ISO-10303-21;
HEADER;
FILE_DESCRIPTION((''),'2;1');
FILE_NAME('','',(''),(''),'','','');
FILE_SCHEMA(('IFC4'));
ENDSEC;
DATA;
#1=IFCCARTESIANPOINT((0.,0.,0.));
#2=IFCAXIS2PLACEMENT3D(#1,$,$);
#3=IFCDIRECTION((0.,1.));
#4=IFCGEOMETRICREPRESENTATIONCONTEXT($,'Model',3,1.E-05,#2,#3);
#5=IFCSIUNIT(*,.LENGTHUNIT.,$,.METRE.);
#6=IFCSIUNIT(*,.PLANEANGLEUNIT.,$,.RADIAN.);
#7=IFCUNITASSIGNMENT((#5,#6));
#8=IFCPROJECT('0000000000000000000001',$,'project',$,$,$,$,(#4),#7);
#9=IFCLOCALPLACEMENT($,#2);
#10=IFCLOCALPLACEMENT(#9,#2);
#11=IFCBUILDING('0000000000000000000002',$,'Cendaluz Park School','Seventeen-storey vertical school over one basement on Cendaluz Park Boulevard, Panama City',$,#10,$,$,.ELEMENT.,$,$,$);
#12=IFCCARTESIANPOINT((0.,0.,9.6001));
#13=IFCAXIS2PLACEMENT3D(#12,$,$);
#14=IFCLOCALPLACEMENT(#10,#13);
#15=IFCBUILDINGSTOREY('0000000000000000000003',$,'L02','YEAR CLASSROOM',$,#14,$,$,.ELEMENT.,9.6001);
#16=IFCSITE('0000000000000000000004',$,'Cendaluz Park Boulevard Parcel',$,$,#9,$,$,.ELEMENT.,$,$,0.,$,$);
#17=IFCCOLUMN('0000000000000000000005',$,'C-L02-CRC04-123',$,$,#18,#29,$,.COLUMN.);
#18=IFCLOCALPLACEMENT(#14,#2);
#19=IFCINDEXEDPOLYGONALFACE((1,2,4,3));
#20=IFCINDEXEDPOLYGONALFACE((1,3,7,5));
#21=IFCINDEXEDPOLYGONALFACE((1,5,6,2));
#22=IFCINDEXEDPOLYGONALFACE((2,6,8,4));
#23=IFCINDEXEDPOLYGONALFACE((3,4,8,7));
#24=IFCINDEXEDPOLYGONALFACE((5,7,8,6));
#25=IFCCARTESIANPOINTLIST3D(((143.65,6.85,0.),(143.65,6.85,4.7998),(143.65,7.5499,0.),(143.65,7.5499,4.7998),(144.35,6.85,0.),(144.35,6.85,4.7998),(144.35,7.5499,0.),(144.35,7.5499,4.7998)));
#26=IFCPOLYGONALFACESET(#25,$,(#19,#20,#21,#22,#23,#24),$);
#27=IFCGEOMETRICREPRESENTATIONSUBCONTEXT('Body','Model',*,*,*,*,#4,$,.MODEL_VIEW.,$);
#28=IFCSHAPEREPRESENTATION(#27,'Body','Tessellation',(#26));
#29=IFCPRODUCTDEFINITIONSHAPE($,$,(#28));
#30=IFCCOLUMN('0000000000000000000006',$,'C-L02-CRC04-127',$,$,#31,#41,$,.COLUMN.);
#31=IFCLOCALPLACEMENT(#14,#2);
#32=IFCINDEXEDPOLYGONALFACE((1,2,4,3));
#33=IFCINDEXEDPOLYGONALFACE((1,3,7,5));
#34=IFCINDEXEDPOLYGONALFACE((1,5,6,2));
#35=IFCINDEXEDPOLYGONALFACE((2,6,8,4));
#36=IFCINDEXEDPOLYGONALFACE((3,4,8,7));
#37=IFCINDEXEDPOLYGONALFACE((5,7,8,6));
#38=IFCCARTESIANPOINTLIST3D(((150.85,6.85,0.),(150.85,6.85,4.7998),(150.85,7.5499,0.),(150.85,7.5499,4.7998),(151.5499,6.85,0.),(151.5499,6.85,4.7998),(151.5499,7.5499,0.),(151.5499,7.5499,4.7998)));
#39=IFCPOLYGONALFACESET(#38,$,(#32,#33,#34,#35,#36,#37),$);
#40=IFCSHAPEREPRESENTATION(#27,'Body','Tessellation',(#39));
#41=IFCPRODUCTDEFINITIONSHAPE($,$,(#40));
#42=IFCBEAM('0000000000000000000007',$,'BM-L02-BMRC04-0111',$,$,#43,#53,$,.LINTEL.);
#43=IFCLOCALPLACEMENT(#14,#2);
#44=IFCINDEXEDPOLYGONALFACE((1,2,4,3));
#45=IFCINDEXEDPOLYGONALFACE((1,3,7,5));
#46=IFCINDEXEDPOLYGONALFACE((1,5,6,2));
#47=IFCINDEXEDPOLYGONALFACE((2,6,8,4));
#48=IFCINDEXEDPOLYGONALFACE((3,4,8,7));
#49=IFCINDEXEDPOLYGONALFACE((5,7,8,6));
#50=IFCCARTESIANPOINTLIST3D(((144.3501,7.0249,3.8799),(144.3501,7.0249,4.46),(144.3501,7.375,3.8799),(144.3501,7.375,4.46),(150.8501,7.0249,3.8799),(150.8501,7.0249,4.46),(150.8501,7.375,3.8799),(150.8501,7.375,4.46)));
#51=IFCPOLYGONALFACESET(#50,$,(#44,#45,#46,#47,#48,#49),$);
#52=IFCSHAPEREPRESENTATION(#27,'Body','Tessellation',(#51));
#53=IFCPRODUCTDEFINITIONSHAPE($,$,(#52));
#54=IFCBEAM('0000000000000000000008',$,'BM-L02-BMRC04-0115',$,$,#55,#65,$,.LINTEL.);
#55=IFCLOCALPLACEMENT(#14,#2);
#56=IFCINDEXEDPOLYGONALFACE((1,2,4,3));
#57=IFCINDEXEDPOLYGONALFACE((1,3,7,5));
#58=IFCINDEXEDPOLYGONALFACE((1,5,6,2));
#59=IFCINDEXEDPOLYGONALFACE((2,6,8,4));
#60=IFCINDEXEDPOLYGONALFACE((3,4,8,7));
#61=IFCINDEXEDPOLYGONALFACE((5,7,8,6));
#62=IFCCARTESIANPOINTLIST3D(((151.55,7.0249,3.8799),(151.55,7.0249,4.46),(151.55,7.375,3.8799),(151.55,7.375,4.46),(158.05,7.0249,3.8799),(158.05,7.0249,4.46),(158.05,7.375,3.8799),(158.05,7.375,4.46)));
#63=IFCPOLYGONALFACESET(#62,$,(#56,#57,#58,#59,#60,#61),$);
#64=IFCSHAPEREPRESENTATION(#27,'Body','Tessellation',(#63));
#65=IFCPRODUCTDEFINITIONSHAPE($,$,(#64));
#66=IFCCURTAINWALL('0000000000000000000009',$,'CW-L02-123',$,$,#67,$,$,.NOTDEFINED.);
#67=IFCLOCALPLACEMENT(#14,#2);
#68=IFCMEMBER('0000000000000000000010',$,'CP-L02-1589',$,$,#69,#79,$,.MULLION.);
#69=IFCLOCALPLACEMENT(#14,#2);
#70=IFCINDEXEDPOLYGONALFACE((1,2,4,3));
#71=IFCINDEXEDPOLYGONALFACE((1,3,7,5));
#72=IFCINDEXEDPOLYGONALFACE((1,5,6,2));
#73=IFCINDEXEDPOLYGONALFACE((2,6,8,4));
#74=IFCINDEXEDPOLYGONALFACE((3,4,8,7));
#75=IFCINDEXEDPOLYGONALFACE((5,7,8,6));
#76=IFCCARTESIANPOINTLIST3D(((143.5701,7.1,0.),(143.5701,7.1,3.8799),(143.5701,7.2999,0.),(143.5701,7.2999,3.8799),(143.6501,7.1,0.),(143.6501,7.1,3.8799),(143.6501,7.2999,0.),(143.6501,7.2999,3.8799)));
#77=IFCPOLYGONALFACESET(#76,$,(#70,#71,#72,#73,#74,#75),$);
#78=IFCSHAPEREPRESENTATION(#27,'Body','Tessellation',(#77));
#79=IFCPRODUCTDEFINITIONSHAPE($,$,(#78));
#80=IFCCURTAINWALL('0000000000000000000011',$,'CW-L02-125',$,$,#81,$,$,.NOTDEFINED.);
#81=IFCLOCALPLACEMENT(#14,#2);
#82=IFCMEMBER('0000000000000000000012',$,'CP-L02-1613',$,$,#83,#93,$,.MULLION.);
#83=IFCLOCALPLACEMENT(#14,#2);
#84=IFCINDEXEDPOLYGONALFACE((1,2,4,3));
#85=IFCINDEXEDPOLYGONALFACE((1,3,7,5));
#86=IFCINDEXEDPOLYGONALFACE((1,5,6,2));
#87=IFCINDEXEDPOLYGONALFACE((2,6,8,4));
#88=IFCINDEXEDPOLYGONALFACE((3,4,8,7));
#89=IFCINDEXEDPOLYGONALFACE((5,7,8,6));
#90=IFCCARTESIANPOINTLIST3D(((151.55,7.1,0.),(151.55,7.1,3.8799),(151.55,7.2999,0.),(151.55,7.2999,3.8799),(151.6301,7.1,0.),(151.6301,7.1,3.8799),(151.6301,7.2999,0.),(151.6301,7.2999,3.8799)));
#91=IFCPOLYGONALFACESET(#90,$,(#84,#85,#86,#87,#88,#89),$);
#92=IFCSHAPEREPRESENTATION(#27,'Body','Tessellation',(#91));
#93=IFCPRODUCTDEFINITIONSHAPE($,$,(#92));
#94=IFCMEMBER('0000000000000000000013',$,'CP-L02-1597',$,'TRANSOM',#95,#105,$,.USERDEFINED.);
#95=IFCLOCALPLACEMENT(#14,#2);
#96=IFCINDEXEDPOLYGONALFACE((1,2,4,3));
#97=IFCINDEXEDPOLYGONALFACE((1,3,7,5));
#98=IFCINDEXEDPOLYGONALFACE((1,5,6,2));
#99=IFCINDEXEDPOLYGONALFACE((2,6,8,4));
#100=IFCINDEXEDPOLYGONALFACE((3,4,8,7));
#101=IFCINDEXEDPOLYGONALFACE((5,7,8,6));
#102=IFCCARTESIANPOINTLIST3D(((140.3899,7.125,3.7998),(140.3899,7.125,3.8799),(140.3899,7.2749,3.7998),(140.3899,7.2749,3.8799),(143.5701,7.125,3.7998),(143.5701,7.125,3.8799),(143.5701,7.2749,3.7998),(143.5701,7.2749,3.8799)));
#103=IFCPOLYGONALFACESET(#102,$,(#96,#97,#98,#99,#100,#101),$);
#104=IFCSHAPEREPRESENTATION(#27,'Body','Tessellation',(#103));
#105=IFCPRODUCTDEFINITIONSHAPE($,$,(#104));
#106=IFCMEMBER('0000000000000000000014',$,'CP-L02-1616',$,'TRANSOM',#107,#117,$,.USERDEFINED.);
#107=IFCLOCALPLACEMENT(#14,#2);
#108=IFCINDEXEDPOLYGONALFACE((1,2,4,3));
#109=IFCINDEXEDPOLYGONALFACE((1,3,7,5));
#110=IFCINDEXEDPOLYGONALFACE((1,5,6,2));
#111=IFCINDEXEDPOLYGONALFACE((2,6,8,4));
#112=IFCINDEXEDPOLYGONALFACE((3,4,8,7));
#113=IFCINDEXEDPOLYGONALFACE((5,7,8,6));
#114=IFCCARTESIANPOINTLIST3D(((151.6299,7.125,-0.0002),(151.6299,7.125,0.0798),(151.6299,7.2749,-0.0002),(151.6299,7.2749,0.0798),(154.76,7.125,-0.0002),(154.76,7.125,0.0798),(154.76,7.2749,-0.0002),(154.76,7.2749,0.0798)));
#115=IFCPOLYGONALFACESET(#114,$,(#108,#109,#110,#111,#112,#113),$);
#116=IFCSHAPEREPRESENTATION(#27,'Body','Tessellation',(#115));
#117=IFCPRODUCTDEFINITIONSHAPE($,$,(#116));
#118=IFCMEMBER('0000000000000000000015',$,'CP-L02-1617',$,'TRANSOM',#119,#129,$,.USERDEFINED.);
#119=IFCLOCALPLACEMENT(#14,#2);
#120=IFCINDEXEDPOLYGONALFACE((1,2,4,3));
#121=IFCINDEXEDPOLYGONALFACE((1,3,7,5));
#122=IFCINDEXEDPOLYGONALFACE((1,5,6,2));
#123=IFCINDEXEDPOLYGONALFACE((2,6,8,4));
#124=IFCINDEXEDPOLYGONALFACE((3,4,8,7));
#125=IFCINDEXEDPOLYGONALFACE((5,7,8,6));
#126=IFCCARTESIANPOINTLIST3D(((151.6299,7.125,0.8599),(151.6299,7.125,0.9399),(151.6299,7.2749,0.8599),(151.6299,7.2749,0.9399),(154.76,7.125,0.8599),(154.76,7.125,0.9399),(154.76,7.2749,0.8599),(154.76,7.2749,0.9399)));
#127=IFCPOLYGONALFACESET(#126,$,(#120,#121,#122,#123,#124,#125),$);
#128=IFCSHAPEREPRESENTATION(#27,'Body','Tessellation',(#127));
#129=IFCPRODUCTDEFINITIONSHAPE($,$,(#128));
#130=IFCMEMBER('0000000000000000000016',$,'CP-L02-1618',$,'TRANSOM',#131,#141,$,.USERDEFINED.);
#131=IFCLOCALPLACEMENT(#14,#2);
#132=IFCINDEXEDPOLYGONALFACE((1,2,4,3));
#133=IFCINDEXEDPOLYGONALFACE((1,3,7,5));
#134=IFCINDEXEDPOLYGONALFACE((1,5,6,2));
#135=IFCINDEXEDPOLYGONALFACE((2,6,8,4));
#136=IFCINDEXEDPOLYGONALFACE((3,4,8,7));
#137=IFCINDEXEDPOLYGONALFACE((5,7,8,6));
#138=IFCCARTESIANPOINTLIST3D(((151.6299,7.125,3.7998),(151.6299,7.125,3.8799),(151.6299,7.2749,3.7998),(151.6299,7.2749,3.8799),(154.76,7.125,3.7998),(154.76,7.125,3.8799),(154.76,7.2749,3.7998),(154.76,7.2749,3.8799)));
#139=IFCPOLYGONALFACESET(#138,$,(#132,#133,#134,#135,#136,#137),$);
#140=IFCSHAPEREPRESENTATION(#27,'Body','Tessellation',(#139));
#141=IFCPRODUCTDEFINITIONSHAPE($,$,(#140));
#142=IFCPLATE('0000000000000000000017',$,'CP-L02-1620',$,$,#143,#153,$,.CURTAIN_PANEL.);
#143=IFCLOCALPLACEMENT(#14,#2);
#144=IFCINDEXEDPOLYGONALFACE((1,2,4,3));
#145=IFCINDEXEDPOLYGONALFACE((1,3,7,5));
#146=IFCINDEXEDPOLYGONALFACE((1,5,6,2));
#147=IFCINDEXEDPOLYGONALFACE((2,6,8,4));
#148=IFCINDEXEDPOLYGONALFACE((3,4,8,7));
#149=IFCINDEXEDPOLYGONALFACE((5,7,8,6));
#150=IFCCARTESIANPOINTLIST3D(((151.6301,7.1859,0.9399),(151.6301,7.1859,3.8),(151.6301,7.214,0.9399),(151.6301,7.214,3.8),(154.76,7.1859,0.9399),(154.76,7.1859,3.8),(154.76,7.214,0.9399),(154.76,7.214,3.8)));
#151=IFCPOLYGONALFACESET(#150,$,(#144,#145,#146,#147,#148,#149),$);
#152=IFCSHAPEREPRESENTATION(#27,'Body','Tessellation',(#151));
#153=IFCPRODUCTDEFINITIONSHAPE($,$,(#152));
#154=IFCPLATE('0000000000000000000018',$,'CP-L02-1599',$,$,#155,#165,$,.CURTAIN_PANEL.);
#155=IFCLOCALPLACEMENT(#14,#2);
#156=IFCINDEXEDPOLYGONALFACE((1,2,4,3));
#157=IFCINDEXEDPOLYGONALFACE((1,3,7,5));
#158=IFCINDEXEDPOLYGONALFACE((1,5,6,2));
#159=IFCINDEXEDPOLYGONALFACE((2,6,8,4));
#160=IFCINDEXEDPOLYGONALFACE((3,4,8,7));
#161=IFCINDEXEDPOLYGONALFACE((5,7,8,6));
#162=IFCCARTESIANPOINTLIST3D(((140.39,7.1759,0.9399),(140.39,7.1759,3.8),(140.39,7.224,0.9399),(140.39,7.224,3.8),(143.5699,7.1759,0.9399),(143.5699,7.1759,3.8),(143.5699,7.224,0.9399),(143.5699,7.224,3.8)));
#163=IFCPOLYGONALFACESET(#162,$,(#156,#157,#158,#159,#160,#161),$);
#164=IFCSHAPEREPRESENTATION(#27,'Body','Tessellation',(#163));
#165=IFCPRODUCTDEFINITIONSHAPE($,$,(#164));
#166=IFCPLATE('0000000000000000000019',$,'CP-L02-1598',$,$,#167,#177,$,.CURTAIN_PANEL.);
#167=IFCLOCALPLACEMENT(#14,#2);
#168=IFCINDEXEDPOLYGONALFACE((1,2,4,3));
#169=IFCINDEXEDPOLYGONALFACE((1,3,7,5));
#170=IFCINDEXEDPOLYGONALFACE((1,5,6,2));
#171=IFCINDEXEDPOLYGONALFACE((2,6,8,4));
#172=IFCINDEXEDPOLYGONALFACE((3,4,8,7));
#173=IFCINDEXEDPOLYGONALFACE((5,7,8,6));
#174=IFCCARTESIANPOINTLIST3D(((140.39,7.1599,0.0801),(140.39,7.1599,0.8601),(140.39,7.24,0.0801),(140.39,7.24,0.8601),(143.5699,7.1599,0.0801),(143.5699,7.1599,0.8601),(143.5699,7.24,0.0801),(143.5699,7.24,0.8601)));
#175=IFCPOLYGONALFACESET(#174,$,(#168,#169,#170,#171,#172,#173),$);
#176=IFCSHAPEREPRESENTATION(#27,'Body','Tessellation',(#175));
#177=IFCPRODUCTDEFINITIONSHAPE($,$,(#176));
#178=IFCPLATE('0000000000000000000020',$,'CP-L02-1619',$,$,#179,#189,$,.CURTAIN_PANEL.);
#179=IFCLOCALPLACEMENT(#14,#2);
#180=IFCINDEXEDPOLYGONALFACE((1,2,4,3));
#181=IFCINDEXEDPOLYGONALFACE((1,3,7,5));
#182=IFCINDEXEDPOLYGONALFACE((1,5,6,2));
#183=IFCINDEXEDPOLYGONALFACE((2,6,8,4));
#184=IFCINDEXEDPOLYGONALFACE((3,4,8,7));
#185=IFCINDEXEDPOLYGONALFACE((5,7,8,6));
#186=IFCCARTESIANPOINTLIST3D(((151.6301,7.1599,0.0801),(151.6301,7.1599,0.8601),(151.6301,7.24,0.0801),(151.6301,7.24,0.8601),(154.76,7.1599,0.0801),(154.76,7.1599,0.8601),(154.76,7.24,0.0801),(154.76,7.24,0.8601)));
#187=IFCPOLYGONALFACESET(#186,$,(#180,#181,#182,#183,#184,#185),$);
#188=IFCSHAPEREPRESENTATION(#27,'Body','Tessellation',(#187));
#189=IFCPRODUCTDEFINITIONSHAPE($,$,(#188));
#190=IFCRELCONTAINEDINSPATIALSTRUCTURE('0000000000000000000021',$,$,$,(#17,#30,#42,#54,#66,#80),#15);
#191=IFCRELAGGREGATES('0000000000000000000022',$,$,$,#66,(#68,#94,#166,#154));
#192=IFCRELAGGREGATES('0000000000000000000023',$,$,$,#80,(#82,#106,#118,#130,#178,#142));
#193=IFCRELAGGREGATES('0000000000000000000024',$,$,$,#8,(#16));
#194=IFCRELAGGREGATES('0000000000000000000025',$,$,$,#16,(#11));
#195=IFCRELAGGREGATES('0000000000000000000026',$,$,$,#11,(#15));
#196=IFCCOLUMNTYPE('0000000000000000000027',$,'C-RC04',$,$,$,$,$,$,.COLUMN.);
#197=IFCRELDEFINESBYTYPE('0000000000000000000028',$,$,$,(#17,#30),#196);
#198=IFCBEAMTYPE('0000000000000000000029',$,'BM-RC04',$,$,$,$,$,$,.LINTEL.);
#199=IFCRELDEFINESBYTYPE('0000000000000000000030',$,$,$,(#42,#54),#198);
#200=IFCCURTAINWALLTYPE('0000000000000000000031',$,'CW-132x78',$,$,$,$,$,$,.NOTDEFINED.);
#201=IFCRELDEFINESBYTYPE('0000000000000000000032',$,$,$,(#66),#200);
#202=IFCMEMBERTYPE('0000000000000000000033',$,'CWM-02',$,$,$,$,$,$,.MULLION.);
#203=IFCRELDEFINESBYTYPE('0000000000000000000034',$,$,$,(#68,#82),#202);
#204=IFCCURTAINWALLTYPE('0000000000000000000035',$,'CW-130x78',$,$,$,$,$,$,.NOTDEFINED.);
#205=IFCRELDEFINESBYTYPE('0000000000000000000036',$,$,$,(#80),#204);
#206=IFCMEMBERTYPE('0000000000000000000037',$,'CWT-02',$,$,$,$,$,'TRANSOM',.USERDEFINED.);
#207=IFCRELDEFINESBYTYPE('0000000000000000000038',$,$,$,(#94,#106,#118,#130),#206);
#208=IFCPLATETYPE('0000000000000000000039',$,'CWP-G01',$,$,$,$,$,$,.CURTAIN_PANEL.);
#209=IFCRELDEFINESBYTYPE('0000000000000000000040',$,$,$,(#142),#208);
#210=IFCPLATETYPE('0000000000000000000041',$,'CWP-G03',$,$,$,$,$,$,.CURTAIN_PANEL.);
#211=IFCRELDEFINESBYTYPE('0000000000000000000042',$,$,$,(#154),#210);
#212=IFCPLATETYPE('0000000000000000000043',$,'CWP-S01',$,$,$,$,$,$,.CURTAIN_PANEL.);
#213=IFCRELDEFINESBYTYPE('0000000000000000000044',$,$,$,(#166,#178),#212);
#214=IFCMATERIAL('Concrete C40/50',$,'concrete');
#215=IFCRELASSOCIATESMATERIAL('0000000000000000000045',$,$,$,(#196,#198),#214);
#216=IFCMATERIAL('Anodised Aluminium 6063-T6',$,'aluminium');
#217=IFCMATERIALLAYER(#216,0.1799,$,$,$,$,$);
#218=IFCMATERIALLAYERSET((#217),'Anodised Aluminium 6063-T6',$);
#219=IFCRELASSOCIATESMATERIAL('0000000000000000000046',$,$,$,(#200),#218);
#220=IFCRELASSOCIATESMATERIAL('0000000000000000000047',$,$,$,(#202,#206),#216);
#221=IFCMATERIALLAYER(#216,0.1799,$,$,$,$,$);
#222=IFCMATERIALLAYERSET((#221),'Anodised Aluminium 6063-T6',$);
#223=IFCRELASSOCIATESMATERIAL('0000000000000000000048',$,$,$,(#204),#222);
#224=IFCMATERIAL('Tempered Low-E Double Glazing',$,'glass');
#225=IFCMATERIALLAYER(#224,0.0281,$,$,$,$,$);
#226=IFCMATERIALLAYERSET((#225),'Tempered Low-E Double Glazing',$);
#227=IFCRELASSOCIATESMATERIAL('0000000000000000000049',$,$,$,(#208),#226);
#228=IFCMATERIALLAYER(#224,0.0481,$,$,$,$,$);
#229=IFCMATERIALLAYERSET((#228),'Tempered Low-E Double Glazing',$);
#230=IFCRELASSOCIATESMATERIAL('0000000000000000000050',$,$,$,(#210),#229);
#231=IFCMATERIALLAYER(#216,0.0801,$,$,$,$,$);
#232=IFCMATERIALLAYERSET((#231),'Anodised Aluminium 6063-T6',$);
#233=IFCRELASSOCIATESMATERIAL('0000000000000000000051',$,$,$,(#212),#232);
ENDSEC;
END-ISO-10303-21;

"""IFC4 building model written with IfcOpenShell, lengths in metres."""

from ifc_helpers import new_model, si_unit, direction, frame, origin, origin_2d, place, context, subcontext, project, spatial, rectangle, extrude, material, layer, layer_set, material_profile, profile_set, type_object, element, aggregate, save


model = new_model("IFC4")

# Units and contexts
model_context = context("Model", 3, precision=1e-05, world=origin(), true_north=direction((0.0, 1.0)))
body_context = subcontext(model_context, "Body", "Model", "MODEL_VIEW")
ifc_project = project(units=[si_unit("LENGTHUNIT", "METRE"), si_unit("PLANEANGLEUNIT", "RADIAN")], contexts=[model_context])

# Site, building, storey
site_placement = place(None, origin())
site = spatial("IfcSite", under=ifc_project, at=site_placement, Name="Cendaluz Park Boulevard Parcel", CompositionType="ELEMENT", RefElevation=0.0)
building_placement = place(site_placement, origin())
building = spatial("IfcBuilding", under=site, at=building_placement, Name="Cendaluz Park School", Description="Seventeen-storey vertical school over one basement on Cendaluz Park Boulevard, Panama City", CompositionType="ELEMENT")
storey_placement = place(building_placement, frame((0.0, 0.0, 9.6001)))
storey = spatial("IfcBuildingStorey", under=building, at=storey_placement, Name="L02", Description="YEAR CLASSROOM", CompositionType="ELEMENT", Elevation=9.6001)

# Columns
ifc_material_1 = material(Name="Concrete C40/50", Category="concrete")
ifc_material_profile_1 = material_profile(ifc_material_1, rectangle(XDim=0.7, YDim=0.7, at=origin_2d()), Name="RC 700x700", Category="concrete")
ifc_profile_set_1 = profile_set([ifc_material_profile_1], Name="Concrete C40/50")
column_type = type_object("IfcColumnType", Name="C-RC04", PredefinedType="COLUMN", material=ifc_profile_set_1)
for number, where, z_axis, x_axis, name in (
    (1, (144.0, 7.2, 0.0), (0.0, 0.0, 1.0), (1.0, 0.0, 0.0), "C-L02-CRC04-123"),
    (2, (151.2, 7.2, 0.0), (0.0, 0.0, 1.0), (1.0, 0.0, 0.0), "C-L02-CRC04-127"),
):
    element("IfcColumn", number, at=place(storey_placement, frame(where, z_axis=z_axis, x_axis=x_axis)), inside=storey, type_object=column_type, Name=name, PredefinedType="COLUMN", context=body_context, shape_type="SweptSolid", body=[
        extrude(rectangle(XDim=0.7, YDim=0.7, at=origin_2d()), origin(), (0.0, 0.0, 1.0), 4.7998),
    ])

# Beams
ifc_material_profile_2 = material_profile(ifc_material_1, rectangle(XDim=0.3501, YDim=0.5801, at=origin_2d()), Name="RC 350x580", Category="concrete")
ifc_profile_set_2 = profile_set([ifc_material_profile_2], Name="Concrete C40/50")
beam_type = type_object("IfcBeamType", Name="BM-RC04", PredefinedType="LINTEL", material=ifc_profile_set_2)
for number, where, z_axis, x_axis, name in (
    (3, (144.3501, 7.2, 4.1699), (1.0, 0.0, 0.0), (0.0, 1.0, 0.0), "BM-L02-BMRC04-0111"),
    (4, (151.55, 7.2, 4.1699), (1.0, 0.0, 0.0), (0.0, 1.0, 0.0), "BM-L02-BMRC04-0115"),
):
    element("IfcBeam", number, at=place(storey_placement, frame(where, z_axis=z_axis, x_axis=x_axis)), inside=storey, type_object=beam_type, Name=name, PredefinedType="LINTEL", context=body_context, shape_type="SweptSolid", body=[
        extrude(rectangle(XDim=0.3501, YDim=0.5801, at=origin_2d()), origin(), (0.0, 0.0, 1.0), 6.5),
    ])

# Curtain walls, members
ifc_material_2 = material(Name="Anodised Aluminium 6063-T6", Category="aluminium")
ifc_layer_1 = layer(ifc_material_2, 0.1799)
ifc_layer_set_1 = layer_set([ifc_layer_1], Name="Anodised Aluminium 6063-T6")
curtain_wall_type_1 = type_object("IfcCurtainWallType", Name="CW-132x78", PredefinedType="NOTDEFINED", material=ifc_layer_set_1)
curtain_wall_1_placement = place(storey_placement, origin())
curtain_wall_1 = element("IfcCurtainWall", 5, at=curtain_wall_1_placement, inside=storey, type_object=curtain_wall_type_1, Name="CW-L02-123", PredefinedType="NOTDEFINED")
ifc_material_profile_3 = material_profile(ifc_material_2, rectangle(XDim=0.2, YDim=0.0801, at=origin_2d()), Name="CWM 200x80", Category="aluminium")
ifc_profile_set_3 = profile_set([ifc_material_profile_3], Name="Anodised Aluminium 6063-T6")
member_type_1 = type_object("IfcMemberType", Name="CWM-02", PredefinedType="MULLION", material=ifc_profile_set_3)
member_1_placement = place(storey_placement, frame((143.6101, 7.2, 0.0), z_axis=(0.0, 0.0, 1.0), x_axis=(0.0, 1.0, 0.0)))
member_1 = element("IfcMember", 6, at=member_1_placement, type_object=member_type_1, Name="CP-L02-1589", PredefinedType="MULLION", context=body_context, shape_type="SweptSolid", body=[
    extrude(rectangle(XDim=0.2, YDim=0.0801, at=origin_2d()), origin(), (0.0, 0.0, 1.0), 3.8799),
])
ifc_layer_2 = layer(ifc_material_2, 0.1799)
ifc_layer_set_2 = layer_set([ifc_layer_2], Name="Anodised Aluminium 6063-T6")
curtain_wall_type_2 = type_object("IfcCurtainWallType", Name="CW-130x78", PredefinedType="NOTDEFINED", material=ifc_layer_set_2)
curtain_wall_2_placement = place(storey_placement, origin())
curtain_wall_2 = element("IfcCurtainWall", 7, at=curtain_wall_2_placement, inside=storey, type_object=curtain_wall_type_2, Name="CW-L02-125", PredefinedType="NOTDEFINED")
member_2_placement = place(storey_placement, frame((151.5901, 7.2, 0.0), z_axis=(0.0, 0.0, 1.0), x_axis=(0.0, 1.0, 0.0)))
member_2 = element("IfcMember", 8, at=member_2_placement, type_object=member_type_1, Name="CP-L02-1613", PredefinedType="MULLION", context=body_context, shape_type="SweptSolid", body=[
    extrude(rectangle(XDim=0.2, YDim=0.0801, at=origin_2d()), origin(), (0.0, 0.0, 1.0), 3.8799),
])

# Members
ifc_material_profile_4 = material_profile(ifc_material_2, rectangle(XDim=0.1499, YDim=0.0801, at=origin_2d()), Name="CWT 150x80", Category="aluminium")
ifc_profile_set_4 = profile_set([ifc_material_profile_4], Name="Anodised Aluminium 6063-T6")
member_type_2 = type_object("IfcMemberType", Name="CWT-02", ElementType="TRANSOM", PredefinedType="USERDEFINED", material=ifc_profile_set_4)
member_3_placement = place(storey_placement, frame((140.3899, 7.2, 3.8398), z_axis=(1.0, 0.0, 0.0), x_axis=(0.0, 1.0, 0.0)))
member_3 = element("IfcMember", 9, at=member_3_placement, type_object=member_type_2, Name="CP-L02-1597", ObjectType="TRANSOM", PredefinedType="USERDEFINED", context=body_context, shape_type="SweptSolid", body=[
    extrude(rectangle(XDim=0.1499, YDim=0.0801, at=origin_2d()), origin(), (0.0, 0.0, 1.0), 3.1802),
])
member_4_placement = place(storey_placement, frame((151.6299, 7.2, 0.0398), z_axis=(1.0, 0.0, 0.0), x_axis=(0.0, 1.0, 0.0)))
member_4 = element("IfcMember", 10, at=member_4_placement, type_object=member_type_2, Name="CP-L02-1616", ObjectType="TRANSOM", PredefinedType="USERDEFINED", context=body_context, shape_type="SweptSolid", body=[
    extrude(rectangle(XDim=0.1499, YDim=0.0801, at=origin_2d()), origin(), (0.0, 0.0, 1.0), 3.1301),
])
member_5_placement = place(storey_placement, frame((151.6299, 7.2, 0.8999), z_axis=(1.0, 0.0, 0.0), x_axis=(0.0, 1.0, 0.0)))
member_5 = element("IfcMember", 11, at=member_5_placement, type_object=member_type_2, Name="CP-L02-1617", ObjectType="TRANSOM", PredefinedType="USERDEFINED", context=body_context, shape_type="SweptSolid", body=[
    extrude(rectangle(XDim=0.1499, YDim=0.0801, at=origin_2d()), origin(), (0.0, 0.0, 1.0), 3.1301),
])
member_6_placement = place(storey_placement, frame((151.6299, 7.2, 3.8398), z_axis=(1.0, 0.0, 0.0), x_axis=(0.0, 1.0, 0.0)))
member_6 = element("IfcMember", 12, at=member_6_placement, type_object=member_type_2, Name="CP-L02-1618", ObjectType="TRANSOM", PredefinedType="USERDEFINED", context=body_context, shape_type="SweptSolid", body=[
    extrude(rectangle(XDim=0.1499, YDim=0.0801, at=origin_2d()), origin(), (0.0, 0.0, 1.0), 3.1301),
])

# Plates
ifc_material_3 = material(Name="Tempered Low-E Double Glazing", Category="glass")
ifc_layer_3 = layer(ifc_material_3, 0.0281)
ifc_layer_set_3 = layer_set([ifc_layer_3], Name="Tempered Low-E Double Glazing")
plate_type_1 = type_object("IfcPlateType", Name="CWP-G01", PredefinedType="CURTAIN_PANEL", material=ifc_layer_set_3)
plate_1_placement = place(storey_placement, frame((153.1951, 7.2, 0.9399), z_axis=(0.0, 0.0, 1.0), x_axis=(1.0, 0.0, 0.0)))
plate_1 = element("IfcPlate", 13, at=plate_1_placement, type_object=plate_type_1, Name="CP-L02-1620", PredefinedType="CURTAIN_PANEL", context=body_context, shape_type="SweptSolid", body=[
    extrude(rectangle(XDim=3.1299, YDim=0.0281, at=origin_2d()), origin(), (0.0, 0.0, 1.0), 2.8601),
])
ifc_layer_4 = layer(ifc_material_3, 0.0481)
ifc_layer_set_4 = layer_set([ifc_layer_4], Name="Tempered Low-E Double Glazing")
plate_type_2 = type_object("IfcPlateType", Name="CWP-G03", PredefinedType="CURTAIN_PANEL", material=ifc_layer_set_4)
plate_2_placement = place(storey_placement, frame((141.98, 7.2, 0.9399), z_axis=(0.0, 0.0, 1.0), x_axis=(1.0, 0.0, 0.0)))
plate_2 = element("IfcPlate", 14, at=plate_2_placement, type_object=plate_type_2, Name="CP-L02-1599", PredefinedType="CURTAIN_PANEL", context=body_context, shape_type="SweptSolid", body=[
    extrude(rectangle(XDim=3.1799, YDim=0.0481, at=origin_2d()), origin(), (0.0, 0.0, 1.0), 2.8601),
])
ifc_layer_5 = layer(ifc_material_2, 0.0801)
ifc_layer_set_5 = layer_set([ifc_layer_5], Name="Anodised Aluminium 6063-T6")
plate_type_3 = type_object("IfcPlateType", Name="CWP-S01", PredefinedType="CURTAIN_PANEL", material=ifc_layer_set_5)
plate_3_placement = place(storey_placement, frame((141.98, 7.2, 0.0801), z_axis=(0.0, 0.0, 1.0), x_axis=(1.0, 0.0, 0.0)))
plate_3 = element("IfcPlate", 15, at=plate_3_placement, type_object=plate_type_3, Name="CP-L02-1598", PredefinedType="CURTAIN_PANEL", context=body_context, shape_type="SweptSolid", body=[
    extrude(rectangle(XDim=3.1799, YDim=0.0801, at=origin_2d()), origin(), (0.0, 0.0, 1.0), 0.78),
])
aggregate(curtain_wall_1, [member_1, member_3, plate_3, plate_2])
plate_4_placement = place(storey_placement, frame((153.1951, 7.2, 0.0801), z_axis=(0.0, 0.0, 1.0), x_axis=(1.0, 0.0, 0.0)))
plate_4 = element("IfcPlate", 16, at=plate_4_placement, type_object=plate_type_3, Name="CP-L02-1619", PredefinedType="CURTAIN_PANEL", context=body_context, shape_type="SweptSolid", body=[
    extrude(rectangle(XDim=3.1299, YDim=0.0801, at=origin_2d()), origin(), (0.0, 0.0, 1.0), 0.78),
])
aggregate(curtain_wall_2, [member_2, member_4, member_5, member_6, plate_4, plate_1])

save(model, "model.ifc")
